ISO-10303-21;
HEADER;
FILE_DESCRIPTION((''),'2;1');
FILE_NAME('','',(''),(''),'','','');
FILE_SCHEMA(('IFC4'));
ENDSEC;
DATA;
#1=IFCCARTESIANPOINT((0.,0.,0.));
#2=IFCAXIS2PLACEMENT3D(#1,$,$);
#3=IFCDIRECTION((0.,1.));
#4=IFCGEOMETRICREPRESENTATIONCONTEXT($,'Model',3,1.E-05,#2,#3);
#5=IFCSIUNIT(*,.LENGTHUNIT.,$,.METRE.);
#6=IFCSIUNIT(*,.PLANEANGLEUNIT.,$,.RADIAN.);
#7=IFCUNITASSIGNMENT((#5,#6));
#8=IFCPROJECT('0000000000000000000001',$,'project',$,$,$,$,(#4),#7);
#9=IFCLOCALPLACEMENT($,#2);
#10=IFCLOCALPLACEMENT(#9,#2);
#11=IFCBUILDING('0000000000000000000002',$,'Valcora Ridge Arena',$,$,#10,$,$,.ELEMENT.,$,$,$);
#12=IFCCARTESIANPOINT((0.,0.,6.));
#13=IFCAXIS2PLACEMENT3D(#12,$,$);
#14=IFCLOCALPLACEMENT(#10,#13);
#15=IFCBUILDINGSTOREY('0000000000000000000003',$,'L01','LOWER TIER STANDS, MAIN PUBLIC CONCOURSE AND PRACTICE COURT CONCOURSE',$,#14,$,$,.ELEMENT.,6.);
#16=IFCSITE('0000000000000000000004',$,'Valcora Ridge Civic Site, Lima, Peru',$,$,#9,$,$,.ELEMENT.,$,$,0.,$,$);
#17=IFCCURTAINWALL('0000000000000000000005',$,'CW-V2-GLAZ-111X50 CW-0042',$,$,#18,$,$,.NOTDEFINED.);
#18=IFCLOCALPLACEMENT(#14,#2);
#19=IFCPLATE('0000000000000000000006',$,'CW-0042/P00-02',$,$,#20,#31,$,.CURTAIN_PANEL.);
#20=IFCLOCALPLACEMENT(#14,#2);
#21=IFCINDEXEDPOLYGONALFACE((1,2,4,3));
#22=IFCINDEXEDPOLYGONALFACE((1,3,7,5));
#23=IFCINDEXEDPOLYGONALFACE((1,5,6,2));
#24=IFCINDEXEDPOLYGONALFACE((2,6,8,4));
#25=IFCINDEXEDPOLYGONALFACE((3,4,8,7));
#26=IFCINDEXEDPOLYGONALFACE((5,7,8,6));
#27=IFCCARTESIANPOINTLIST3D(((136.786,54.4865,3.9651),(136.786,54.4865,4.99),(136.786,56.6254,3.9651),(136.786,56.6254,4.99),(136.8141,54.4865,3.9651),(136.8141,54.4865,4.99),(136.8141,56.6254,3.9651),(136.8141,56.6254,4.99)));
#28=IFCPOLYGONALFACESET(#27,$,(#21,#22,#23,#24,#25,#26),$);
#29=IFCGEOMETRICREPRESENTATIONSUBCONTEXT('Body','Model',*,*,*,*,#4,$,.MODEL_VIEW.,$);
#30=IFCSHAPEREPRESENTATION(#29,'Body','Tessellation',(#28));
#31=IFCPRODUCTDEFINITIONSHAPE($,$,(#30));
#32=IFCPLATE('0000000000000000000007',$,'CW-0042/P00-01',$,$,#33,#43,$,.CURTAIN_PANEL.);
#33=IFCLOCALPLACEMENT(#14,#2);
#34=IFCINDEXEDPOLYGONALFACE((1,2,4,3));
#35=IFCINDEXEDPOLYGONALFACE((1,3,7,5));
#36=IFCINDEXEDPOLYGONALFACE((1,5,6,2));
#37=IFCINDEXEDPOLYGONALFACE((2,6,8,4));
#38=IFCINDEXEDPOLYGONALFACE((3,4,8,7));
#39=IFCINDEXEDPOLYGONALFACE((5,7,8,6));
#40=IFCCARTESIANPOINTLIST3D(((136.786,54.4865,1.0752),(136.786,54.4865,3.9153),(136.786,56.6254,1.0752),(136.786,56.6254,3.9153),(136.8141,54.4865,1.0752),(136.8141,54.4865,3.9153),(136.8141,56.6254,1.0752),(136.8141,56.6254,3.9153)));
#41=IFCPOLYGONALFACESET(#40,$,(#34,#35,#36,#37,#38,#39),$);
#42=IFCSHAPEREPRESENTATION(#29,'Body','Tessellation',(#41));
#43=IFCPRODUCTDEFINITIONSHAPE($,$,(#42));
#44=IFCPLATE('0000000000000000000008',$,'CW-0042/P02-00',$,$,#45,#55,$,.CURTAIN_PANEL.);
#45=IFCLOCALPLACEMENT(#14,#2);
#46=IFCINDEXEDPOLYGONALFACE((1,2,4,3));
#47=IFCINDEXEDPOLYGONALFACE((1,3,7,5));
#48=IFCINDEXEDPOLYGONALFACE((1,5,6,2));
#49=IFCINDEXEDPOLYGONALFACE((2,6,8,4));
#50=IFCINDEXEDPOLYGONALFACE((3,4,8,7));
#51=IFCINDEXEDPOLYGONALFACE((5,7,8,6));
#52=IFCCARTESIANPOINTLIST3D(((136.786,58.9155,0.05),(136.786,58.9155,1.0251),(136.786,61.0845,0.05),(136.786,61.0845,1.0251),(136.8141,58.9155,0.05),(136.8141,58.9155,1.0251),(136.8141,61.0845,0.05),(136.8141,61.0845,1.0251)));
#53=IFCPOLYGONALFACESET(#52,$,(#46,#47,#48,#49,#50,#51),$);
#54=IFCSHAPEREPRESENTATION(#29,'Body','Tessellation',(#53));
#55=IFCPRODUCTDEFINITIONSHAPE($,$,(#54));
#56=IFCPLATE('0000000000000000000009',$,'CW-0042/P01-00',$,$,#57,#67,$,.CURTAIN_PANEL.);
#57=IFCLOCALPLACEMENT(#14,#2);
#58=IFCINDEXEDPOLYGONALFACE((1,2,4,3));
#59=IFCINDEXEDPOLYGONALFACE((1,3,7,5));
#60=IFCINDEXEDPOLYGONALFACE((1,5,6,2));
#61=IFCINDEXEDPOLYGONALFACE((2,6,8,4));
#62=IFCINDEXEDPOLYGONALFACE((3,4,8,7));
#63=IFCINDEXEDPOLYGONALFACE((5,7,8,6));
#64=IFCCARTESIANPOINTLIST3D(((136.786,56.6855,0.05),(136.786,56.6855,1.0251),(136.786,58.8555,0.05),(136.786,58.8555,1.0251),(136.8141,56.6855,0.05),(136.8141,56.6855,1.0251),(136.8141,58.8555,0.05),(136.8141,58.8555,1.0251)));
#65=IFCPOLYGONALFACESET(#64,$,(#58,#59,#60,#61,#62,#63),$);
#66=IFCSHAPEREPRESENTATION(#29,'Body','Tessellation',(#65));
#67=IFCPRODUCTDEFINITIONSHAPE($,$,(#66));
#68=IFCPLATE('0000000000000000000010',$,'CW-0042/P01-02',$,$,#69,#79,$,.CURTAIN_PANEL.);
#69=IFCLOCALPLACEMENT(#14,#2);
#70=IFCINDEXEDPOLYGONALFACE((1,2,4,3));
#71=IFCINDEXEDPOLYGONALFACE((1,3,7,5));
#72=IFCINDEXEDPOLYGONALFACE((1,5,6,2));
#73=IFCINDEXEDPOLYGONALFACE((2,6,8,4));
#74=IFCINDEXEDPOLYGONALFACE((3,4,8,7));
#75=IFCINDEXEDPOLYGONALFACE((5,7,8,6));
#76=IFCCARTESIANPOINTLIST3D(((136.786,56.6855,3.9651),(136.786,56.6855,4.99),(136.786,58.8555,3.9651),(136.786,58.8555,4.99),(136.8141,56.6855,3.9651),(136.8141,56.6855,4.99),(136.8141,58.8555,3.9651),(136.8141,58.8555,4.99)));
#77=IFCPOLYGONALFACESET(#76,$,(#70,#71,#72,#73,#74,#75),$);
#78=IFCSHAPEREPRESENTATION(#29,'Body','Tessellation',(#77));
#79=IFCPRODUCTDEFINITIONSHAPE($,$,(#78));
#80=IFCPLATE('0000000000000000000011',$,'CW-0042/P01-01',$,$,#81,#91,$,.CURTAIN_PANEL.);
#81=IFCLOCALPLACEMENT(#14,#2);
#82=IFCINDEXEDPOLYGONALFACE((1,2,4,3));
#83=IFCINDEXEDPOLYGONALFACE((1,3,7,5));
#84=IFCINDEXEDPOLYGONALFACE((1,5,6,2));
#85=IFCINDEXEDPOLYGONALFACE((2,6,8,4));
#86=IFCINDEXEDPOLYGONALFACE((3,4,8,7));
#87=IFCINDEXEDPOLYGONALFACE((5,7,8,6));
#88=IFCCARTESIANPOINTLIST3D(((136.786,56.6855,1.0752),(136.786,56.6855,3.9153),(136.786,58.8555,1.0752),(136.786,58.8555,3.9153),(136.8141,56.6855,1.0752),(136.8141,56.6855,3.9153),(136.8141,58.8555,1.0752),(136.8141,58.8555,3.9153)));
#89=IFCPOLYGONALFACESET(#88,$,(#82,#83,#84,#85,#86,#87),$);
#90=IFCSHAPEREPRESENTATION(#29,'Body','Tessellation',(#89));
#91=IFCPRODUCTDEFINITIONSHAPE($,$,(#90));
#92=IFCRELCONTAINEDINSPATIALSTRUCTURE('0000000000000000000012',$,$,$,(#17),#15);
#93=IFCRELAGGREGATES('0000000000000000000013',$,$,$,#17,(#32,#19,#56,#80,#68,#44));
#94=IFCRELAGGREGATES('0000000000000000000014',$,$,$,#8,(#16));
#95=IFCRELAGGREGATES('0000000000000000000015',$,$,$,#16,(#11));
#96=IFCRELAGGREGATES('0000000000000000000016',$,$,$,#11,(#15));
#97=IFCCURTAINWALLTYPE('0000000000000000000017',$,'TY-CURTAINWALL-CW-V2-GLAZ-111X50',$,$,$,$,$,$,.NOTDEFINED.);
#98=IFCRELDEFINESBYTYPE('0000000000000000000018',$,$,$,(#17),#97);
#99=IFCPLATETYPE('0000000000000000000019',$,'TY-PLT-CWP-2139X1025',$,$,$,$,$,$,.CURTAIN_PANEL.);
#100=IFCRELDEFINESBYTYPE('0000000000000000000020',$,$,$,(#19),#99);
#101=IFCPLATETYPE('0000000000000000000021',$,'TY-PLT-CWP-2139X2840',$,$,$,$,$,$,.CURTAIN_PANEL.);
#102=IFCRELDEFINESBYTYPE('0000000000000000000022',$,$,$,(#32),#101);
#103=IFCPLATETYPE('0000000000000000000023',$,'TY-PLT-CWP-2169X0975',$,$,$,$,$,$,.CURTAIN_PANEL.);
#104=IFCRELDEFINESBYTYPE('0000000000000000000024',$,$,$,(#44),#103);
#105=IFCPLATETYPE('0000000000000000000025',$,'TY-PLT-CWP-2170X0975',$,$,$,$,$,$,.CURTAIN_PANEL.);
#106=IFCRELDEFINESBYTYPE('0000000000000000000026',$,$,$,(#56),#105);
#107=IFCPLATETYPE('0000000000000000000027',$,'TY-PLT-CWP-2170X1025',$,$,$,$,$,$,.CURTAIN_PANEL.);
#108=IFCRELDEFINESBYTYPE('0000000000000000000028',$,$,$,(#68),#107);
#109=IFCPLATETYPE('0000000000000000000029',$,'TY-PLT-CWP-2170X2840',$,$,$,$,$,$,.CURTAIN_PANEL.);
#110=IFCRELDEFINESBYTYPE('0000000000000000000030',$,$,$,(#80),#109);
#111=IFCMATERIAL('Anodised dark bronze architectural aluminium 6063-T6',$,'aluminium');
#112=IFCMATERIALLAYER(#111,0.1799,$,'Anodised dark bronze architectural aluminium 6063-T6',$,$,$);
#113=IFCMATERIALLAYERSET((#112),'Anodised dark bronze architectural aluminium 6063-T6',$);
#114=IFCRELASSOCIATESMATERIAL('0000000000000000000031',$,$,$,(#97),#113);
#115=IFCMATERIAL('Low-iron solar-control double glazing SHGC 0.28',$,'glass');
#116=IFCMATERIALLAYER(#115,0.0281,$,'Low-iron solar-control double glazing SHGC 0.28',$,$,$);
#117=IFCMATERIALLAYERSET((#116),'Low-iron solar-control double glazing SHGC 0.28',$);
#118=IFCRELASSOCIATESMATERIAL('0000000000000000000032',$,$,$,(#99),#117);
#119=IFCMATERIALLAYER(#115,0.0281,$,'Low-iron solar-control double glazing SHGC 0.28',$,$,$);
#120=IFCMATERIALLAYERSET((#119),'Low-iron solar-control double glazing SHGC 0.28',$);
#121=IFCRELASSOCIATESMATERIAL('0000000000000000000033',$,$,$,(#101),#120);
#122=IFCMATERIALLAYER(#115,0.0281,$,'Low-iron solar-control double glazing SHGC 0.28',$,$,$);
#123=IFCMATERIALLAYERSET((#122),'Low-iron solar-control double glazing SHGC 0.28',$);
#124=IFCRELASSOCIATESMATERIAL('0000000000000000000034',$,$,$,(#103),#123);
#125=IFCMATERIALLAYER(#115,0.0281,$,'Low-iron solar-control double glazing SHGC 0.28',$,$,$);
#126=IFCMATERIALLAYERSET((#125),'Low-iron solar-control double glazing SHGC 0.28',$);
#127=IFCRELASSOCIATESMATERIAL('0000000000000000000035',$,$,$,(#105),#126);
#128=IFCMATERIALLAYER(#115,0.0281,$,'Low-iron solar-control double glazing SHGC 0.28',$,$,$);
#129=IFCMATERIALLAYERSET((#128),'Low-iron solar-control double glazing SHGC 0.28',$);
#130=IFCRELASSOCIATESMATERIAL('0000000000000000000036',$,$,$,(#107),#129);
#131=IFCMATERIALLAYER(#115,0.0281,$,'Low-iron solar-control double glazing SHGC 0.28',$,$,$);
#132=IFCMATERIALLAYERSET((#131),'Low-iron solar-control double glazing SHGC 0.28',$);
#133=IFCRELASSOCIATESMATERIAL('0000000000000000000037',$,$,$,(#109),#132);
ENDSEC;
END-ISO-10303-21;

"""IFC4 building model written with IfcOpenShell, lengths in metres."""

from ifc_helpers import new_model, si_unit, direction, frame, origin, origin_2d, place, context, subcontext, project, spatial, rectangle, extrude, material, layer, layer_set, type_object, element, aggregate, save


model = new_model("IFC4")

# Units and contexts
model_context = context("Model", 3, precision=1e-05, world=origin(), true_north=direction((0.0, 1.0)))
body_context = subcontext(model_context, "Body", "Model", "MODEL_VIEW")
ifc_project = project(units=[si_unit("LENGTHUNIT", "METRE"), si_unit("PLANEANGLEUNIT", "RADIAN")], contexts=[model_context])

# Site, building, storey
site_placement = place(None, origin())
site = spatial("IfcSite", under=ifc_project, at=site_placement, Name="Valcora Ridge Civic Site, Lima, Peru", CompositionType="ELEMENT", RefElevation=0.0)
building_placement = place(site_placement, origin())
building = spatial("IfcBuilding", under=site, at=building_placement, Name="Valcora Ridge Arena", CompositionType="ELEMENT")
storey_placement = place(building_placement, frame((0.0, 0.0, 6.0)))
storey = spatial("IfcBuildingStorey", under=building, at=storey_placement, Name="L01", Description="LOWER TIER STANDS, MAIN PUBLIC CONCOURSE AND PRACTICE COURT CONCOURSE", CompositionType="ELEMENT", Elevation=6.0)

# Curtain wall, plates
ifc_material_1 = material(Name="Anodised dark bronze architectural aluminium 6063-T6", Category="aluminium")
ifc_layer_1 = layer(ifc_material_1, 0.1799, Name="Anodised dark bronze architectural aluminium 6063-T6")
ifc_layer_set_1 = layer_set([ifc_layer_1], Name="Anodised dark bronze architectural aluminium 6063-T6")
curtain_wall_type = type_object("IfcCurtainWallType", Name="TY-CURTAINWALL-CW-V2-GLAZ-111X50", PredefinedType="NOTDEFINED", material=ifc_layer_set_1)
curtain_wall_placement = place(storey_placement, origin())
curtain_wall = element("IfcCurtainWall", 1, at=curtain_wall_placement, inside=storey, type_object=curtain_wall_type, Name="CW-V2-GLAZ-111X50 CW-0042", PredefinedType="NOTDEFINED")
ifc_material_2 = material(Name="Low-iron solar-control double glazing SHGC 0.28", Category="glass")
ifc_layer_2 = layer(ifc_material_2, 0.0281, Name="Low-iron solar-control double glazing SHGC 0.28")
ifc_layer_set_2 = layer_set([ifc_layer_2], Name="Low-iron solar-control double glazing SHGC 0.28")
plate_type_1 = type_object("IfcPlateType", Name="TY-PLT-CWP-2139X1025", PredefinedType="CURTAIN_PANEL", material=ifc_layer_set_2)
plate_1_placement = place(storey_placement, frame((136.8, 55.5559, 3.9651), z_axis=(0.0, 0.0, 1.0), x_axis=(0.0, 1.0, 0.0)))
plate_1 = element("IfcPlate", 2, at=plate_1_placement, type_object=plate_type_1, Name="CW-0042/P00-02", PredefinedType="CURTAIN_PANEL", context=body_context, shape_type="SweptSolid", body=[
    extrude(rectangle(XDim=2.1389, YDim=0.0281, at=origin_2d()), origin(), (0.0, 0.0, 1.0), 1.0249),
])
ifc_layer_3 = layer(ifc_material_2, 0.0281, Name="Low-iron solar-control double glazing SHGC 0.28")
ifc_layer_set_3 = layer_set([ifc_layer_3], Name="Low-iron solar-control double glazing SHGC 0.28")
plate_type_2 = type_object("IfcPlateType", Name="TY-PLT-CWP-2139X2840", PredefinedType="CURTAIN_PANEL", material=ifc_layer_set_3)
plate_2_placement = place(storey_placement, frame((136.8, 55.5559, 1.0752), z_axis=(0.0, 0.0, 1.0), x_axis=(0.0, 1.0, 0.0)))
plate_2 = element("IfcPlate", 3, at=plate_2_placement, type_object=plate_type_2, Name="CW-0042/P00-01", PredefinedType="CURTAIN_PANEL", context=body_context, shape_type="SweptSolid", body=[
    extrude(rectangle(XDim=2.1389, YDim=0.0281, at=origin_2d()), origin(), (0.0, 0.0, 1.0), 2.8401),
])
ifc_layer_4 = layer(ifc_material_2, 0.0281, Name="Low-iron solar-control double glazing SHGC 0.28")
ifc_layer_set_4 = layer_set([ifc_layer_4], Name="Low-iron solar-control double glazing SHGC 0.28")
plate_type_3 = type_object("IfcPlateType", Name="TY-PLT-CWP-2169X0975", PredefinedType="CURTAIN_PANEL", material=ifc_layer_set_4)
plate_3_placement = place(storey_placement, frame((136.8, 60.0, 0.05), z_axis=(0.0, 0.0, 1.0), x_axis=(0.0, 1.0, 0.0)))
plate_3 = element("IfcPlate", 4, at=plate_3_placement, type_object=plate_type_3, Name="CW-0042/P02-00", PredefinedType="CURTAIN_PANEL", context=body_context, shape_type="SweptSolid", body=[
    extrude(rectangle(XDim=2.1689, YDim=0.0281, at=origin_2d()), origin(), (0.0, 0.0, 1.0), 0.9751),
])
ifc_layer_5 = layer(ifc_material_2, 0.0281, Name="Low-iron solar-control double glazing SHGC 0.28")
ifc_layer_set_5 = layer_set([ifc_layer_5], Name="Low-iron solar-control double glazing SHGC 0.28")
plate_type_4 = type_object("IfcPlateType", Name="TY-PLT-CWP-2170X0975", PredefinedType="CURTAIN_PANEL", material=ifc_layer_set_5)
plate_4_placement = place(storey_placement, frame((136.8, 57.7705, 0.05), z_axis=(0.0, 0.0, 1.0), x_axis=(0.0, 1.0, 0.0)))
plate_4 = element("IfcPlate", 5, at=plate_4_placement, type_object=plate_type_4, Name="CW-0042/P01-00", PredefinedType="CURTAIN_PANEL", context=body_context, shape_type="SweptSolid", body=[
    extrude(rectangle(XDim=2.1699, YDim=0.0281, at=origin_2d()), origin(), (0.0, 0.0, 1.0), 0.9751),
])
ifc_layer_6 = layer(ifc_material_2, 0.0281, Name="Low-iron solar-control double glazing SHGC 0.28")
ifc_layer_set_6 = layer_set([ifc_layer_6], Name="Low-iron solar-control double glazing SHGC 0.28")
plate_type_5 = type_object("IfcPlateType", Name="TY-PLT-CWP-2170X1025", PredefinedType="CURTAIN_PANEL", material=ifc_layer_set_6)
plate_5_placement = place(storey_placement, frame((136.8, 57.7705, 3.9651), z_axis=(0.0, 0.0, 1.0), x_axis=(0.0, 1.0, 0.0)))
plate_5 = element("IfcPlate", 6, at=plate_5_placement, type_object=plate_type_5, Name="CW-0042/P01-02", PredefinedType="CURTAIN_PANEL", context=body_context, shape_type="SweptSolid", body=[
    extrude(rectangle(XDim=2.1699, YDim=0.0281, at=origin_2d()), origin(), (0.0, 0.0, 1.0), 1.0249),
])
ifc_layer_7 = layer(ifc_material_2, 0.0281, Name="Low-iron solar-control double glazing SHGC 0.28")
ifc_layer_set_7 = layer_set([ifc_layer_7], Name="Low-iron solar-control double glazing SHGC 0.28")
plate_type_6 = type_object("IfcPlateType", Name="TY-PLT-CWP-2170X2840", PredefinedType="CURTAIN_PANEL", material=ifc_layer_set_7)
plate_6_placement = place(storey_placement, frame((136.8, 57.7705, 1.0752), z_axis=(0.0, 0.0, 1.0), x_axis=(0.0, 1.0, 0.0)))
plate_6 = element("IfcPlate", 7, at=plate_6_placement, type_object=plate_type_6, Name="CW-0042/P01-01", PredefinedType="CURTAIN_PANEL", context=body_context, shape_type="SweptSolid", body=[
    extrude(rectangle(XDim=2.1699, YDim=0.0281, at=origin_2d()), origin(), (0.0, 0.0, 1.0), 2.8401),
])
aggregate(curtain_wall, [plate_2, plate_1, plate_4, plate_6, plate_5, plate_3])

save(model, "model.ifc")
